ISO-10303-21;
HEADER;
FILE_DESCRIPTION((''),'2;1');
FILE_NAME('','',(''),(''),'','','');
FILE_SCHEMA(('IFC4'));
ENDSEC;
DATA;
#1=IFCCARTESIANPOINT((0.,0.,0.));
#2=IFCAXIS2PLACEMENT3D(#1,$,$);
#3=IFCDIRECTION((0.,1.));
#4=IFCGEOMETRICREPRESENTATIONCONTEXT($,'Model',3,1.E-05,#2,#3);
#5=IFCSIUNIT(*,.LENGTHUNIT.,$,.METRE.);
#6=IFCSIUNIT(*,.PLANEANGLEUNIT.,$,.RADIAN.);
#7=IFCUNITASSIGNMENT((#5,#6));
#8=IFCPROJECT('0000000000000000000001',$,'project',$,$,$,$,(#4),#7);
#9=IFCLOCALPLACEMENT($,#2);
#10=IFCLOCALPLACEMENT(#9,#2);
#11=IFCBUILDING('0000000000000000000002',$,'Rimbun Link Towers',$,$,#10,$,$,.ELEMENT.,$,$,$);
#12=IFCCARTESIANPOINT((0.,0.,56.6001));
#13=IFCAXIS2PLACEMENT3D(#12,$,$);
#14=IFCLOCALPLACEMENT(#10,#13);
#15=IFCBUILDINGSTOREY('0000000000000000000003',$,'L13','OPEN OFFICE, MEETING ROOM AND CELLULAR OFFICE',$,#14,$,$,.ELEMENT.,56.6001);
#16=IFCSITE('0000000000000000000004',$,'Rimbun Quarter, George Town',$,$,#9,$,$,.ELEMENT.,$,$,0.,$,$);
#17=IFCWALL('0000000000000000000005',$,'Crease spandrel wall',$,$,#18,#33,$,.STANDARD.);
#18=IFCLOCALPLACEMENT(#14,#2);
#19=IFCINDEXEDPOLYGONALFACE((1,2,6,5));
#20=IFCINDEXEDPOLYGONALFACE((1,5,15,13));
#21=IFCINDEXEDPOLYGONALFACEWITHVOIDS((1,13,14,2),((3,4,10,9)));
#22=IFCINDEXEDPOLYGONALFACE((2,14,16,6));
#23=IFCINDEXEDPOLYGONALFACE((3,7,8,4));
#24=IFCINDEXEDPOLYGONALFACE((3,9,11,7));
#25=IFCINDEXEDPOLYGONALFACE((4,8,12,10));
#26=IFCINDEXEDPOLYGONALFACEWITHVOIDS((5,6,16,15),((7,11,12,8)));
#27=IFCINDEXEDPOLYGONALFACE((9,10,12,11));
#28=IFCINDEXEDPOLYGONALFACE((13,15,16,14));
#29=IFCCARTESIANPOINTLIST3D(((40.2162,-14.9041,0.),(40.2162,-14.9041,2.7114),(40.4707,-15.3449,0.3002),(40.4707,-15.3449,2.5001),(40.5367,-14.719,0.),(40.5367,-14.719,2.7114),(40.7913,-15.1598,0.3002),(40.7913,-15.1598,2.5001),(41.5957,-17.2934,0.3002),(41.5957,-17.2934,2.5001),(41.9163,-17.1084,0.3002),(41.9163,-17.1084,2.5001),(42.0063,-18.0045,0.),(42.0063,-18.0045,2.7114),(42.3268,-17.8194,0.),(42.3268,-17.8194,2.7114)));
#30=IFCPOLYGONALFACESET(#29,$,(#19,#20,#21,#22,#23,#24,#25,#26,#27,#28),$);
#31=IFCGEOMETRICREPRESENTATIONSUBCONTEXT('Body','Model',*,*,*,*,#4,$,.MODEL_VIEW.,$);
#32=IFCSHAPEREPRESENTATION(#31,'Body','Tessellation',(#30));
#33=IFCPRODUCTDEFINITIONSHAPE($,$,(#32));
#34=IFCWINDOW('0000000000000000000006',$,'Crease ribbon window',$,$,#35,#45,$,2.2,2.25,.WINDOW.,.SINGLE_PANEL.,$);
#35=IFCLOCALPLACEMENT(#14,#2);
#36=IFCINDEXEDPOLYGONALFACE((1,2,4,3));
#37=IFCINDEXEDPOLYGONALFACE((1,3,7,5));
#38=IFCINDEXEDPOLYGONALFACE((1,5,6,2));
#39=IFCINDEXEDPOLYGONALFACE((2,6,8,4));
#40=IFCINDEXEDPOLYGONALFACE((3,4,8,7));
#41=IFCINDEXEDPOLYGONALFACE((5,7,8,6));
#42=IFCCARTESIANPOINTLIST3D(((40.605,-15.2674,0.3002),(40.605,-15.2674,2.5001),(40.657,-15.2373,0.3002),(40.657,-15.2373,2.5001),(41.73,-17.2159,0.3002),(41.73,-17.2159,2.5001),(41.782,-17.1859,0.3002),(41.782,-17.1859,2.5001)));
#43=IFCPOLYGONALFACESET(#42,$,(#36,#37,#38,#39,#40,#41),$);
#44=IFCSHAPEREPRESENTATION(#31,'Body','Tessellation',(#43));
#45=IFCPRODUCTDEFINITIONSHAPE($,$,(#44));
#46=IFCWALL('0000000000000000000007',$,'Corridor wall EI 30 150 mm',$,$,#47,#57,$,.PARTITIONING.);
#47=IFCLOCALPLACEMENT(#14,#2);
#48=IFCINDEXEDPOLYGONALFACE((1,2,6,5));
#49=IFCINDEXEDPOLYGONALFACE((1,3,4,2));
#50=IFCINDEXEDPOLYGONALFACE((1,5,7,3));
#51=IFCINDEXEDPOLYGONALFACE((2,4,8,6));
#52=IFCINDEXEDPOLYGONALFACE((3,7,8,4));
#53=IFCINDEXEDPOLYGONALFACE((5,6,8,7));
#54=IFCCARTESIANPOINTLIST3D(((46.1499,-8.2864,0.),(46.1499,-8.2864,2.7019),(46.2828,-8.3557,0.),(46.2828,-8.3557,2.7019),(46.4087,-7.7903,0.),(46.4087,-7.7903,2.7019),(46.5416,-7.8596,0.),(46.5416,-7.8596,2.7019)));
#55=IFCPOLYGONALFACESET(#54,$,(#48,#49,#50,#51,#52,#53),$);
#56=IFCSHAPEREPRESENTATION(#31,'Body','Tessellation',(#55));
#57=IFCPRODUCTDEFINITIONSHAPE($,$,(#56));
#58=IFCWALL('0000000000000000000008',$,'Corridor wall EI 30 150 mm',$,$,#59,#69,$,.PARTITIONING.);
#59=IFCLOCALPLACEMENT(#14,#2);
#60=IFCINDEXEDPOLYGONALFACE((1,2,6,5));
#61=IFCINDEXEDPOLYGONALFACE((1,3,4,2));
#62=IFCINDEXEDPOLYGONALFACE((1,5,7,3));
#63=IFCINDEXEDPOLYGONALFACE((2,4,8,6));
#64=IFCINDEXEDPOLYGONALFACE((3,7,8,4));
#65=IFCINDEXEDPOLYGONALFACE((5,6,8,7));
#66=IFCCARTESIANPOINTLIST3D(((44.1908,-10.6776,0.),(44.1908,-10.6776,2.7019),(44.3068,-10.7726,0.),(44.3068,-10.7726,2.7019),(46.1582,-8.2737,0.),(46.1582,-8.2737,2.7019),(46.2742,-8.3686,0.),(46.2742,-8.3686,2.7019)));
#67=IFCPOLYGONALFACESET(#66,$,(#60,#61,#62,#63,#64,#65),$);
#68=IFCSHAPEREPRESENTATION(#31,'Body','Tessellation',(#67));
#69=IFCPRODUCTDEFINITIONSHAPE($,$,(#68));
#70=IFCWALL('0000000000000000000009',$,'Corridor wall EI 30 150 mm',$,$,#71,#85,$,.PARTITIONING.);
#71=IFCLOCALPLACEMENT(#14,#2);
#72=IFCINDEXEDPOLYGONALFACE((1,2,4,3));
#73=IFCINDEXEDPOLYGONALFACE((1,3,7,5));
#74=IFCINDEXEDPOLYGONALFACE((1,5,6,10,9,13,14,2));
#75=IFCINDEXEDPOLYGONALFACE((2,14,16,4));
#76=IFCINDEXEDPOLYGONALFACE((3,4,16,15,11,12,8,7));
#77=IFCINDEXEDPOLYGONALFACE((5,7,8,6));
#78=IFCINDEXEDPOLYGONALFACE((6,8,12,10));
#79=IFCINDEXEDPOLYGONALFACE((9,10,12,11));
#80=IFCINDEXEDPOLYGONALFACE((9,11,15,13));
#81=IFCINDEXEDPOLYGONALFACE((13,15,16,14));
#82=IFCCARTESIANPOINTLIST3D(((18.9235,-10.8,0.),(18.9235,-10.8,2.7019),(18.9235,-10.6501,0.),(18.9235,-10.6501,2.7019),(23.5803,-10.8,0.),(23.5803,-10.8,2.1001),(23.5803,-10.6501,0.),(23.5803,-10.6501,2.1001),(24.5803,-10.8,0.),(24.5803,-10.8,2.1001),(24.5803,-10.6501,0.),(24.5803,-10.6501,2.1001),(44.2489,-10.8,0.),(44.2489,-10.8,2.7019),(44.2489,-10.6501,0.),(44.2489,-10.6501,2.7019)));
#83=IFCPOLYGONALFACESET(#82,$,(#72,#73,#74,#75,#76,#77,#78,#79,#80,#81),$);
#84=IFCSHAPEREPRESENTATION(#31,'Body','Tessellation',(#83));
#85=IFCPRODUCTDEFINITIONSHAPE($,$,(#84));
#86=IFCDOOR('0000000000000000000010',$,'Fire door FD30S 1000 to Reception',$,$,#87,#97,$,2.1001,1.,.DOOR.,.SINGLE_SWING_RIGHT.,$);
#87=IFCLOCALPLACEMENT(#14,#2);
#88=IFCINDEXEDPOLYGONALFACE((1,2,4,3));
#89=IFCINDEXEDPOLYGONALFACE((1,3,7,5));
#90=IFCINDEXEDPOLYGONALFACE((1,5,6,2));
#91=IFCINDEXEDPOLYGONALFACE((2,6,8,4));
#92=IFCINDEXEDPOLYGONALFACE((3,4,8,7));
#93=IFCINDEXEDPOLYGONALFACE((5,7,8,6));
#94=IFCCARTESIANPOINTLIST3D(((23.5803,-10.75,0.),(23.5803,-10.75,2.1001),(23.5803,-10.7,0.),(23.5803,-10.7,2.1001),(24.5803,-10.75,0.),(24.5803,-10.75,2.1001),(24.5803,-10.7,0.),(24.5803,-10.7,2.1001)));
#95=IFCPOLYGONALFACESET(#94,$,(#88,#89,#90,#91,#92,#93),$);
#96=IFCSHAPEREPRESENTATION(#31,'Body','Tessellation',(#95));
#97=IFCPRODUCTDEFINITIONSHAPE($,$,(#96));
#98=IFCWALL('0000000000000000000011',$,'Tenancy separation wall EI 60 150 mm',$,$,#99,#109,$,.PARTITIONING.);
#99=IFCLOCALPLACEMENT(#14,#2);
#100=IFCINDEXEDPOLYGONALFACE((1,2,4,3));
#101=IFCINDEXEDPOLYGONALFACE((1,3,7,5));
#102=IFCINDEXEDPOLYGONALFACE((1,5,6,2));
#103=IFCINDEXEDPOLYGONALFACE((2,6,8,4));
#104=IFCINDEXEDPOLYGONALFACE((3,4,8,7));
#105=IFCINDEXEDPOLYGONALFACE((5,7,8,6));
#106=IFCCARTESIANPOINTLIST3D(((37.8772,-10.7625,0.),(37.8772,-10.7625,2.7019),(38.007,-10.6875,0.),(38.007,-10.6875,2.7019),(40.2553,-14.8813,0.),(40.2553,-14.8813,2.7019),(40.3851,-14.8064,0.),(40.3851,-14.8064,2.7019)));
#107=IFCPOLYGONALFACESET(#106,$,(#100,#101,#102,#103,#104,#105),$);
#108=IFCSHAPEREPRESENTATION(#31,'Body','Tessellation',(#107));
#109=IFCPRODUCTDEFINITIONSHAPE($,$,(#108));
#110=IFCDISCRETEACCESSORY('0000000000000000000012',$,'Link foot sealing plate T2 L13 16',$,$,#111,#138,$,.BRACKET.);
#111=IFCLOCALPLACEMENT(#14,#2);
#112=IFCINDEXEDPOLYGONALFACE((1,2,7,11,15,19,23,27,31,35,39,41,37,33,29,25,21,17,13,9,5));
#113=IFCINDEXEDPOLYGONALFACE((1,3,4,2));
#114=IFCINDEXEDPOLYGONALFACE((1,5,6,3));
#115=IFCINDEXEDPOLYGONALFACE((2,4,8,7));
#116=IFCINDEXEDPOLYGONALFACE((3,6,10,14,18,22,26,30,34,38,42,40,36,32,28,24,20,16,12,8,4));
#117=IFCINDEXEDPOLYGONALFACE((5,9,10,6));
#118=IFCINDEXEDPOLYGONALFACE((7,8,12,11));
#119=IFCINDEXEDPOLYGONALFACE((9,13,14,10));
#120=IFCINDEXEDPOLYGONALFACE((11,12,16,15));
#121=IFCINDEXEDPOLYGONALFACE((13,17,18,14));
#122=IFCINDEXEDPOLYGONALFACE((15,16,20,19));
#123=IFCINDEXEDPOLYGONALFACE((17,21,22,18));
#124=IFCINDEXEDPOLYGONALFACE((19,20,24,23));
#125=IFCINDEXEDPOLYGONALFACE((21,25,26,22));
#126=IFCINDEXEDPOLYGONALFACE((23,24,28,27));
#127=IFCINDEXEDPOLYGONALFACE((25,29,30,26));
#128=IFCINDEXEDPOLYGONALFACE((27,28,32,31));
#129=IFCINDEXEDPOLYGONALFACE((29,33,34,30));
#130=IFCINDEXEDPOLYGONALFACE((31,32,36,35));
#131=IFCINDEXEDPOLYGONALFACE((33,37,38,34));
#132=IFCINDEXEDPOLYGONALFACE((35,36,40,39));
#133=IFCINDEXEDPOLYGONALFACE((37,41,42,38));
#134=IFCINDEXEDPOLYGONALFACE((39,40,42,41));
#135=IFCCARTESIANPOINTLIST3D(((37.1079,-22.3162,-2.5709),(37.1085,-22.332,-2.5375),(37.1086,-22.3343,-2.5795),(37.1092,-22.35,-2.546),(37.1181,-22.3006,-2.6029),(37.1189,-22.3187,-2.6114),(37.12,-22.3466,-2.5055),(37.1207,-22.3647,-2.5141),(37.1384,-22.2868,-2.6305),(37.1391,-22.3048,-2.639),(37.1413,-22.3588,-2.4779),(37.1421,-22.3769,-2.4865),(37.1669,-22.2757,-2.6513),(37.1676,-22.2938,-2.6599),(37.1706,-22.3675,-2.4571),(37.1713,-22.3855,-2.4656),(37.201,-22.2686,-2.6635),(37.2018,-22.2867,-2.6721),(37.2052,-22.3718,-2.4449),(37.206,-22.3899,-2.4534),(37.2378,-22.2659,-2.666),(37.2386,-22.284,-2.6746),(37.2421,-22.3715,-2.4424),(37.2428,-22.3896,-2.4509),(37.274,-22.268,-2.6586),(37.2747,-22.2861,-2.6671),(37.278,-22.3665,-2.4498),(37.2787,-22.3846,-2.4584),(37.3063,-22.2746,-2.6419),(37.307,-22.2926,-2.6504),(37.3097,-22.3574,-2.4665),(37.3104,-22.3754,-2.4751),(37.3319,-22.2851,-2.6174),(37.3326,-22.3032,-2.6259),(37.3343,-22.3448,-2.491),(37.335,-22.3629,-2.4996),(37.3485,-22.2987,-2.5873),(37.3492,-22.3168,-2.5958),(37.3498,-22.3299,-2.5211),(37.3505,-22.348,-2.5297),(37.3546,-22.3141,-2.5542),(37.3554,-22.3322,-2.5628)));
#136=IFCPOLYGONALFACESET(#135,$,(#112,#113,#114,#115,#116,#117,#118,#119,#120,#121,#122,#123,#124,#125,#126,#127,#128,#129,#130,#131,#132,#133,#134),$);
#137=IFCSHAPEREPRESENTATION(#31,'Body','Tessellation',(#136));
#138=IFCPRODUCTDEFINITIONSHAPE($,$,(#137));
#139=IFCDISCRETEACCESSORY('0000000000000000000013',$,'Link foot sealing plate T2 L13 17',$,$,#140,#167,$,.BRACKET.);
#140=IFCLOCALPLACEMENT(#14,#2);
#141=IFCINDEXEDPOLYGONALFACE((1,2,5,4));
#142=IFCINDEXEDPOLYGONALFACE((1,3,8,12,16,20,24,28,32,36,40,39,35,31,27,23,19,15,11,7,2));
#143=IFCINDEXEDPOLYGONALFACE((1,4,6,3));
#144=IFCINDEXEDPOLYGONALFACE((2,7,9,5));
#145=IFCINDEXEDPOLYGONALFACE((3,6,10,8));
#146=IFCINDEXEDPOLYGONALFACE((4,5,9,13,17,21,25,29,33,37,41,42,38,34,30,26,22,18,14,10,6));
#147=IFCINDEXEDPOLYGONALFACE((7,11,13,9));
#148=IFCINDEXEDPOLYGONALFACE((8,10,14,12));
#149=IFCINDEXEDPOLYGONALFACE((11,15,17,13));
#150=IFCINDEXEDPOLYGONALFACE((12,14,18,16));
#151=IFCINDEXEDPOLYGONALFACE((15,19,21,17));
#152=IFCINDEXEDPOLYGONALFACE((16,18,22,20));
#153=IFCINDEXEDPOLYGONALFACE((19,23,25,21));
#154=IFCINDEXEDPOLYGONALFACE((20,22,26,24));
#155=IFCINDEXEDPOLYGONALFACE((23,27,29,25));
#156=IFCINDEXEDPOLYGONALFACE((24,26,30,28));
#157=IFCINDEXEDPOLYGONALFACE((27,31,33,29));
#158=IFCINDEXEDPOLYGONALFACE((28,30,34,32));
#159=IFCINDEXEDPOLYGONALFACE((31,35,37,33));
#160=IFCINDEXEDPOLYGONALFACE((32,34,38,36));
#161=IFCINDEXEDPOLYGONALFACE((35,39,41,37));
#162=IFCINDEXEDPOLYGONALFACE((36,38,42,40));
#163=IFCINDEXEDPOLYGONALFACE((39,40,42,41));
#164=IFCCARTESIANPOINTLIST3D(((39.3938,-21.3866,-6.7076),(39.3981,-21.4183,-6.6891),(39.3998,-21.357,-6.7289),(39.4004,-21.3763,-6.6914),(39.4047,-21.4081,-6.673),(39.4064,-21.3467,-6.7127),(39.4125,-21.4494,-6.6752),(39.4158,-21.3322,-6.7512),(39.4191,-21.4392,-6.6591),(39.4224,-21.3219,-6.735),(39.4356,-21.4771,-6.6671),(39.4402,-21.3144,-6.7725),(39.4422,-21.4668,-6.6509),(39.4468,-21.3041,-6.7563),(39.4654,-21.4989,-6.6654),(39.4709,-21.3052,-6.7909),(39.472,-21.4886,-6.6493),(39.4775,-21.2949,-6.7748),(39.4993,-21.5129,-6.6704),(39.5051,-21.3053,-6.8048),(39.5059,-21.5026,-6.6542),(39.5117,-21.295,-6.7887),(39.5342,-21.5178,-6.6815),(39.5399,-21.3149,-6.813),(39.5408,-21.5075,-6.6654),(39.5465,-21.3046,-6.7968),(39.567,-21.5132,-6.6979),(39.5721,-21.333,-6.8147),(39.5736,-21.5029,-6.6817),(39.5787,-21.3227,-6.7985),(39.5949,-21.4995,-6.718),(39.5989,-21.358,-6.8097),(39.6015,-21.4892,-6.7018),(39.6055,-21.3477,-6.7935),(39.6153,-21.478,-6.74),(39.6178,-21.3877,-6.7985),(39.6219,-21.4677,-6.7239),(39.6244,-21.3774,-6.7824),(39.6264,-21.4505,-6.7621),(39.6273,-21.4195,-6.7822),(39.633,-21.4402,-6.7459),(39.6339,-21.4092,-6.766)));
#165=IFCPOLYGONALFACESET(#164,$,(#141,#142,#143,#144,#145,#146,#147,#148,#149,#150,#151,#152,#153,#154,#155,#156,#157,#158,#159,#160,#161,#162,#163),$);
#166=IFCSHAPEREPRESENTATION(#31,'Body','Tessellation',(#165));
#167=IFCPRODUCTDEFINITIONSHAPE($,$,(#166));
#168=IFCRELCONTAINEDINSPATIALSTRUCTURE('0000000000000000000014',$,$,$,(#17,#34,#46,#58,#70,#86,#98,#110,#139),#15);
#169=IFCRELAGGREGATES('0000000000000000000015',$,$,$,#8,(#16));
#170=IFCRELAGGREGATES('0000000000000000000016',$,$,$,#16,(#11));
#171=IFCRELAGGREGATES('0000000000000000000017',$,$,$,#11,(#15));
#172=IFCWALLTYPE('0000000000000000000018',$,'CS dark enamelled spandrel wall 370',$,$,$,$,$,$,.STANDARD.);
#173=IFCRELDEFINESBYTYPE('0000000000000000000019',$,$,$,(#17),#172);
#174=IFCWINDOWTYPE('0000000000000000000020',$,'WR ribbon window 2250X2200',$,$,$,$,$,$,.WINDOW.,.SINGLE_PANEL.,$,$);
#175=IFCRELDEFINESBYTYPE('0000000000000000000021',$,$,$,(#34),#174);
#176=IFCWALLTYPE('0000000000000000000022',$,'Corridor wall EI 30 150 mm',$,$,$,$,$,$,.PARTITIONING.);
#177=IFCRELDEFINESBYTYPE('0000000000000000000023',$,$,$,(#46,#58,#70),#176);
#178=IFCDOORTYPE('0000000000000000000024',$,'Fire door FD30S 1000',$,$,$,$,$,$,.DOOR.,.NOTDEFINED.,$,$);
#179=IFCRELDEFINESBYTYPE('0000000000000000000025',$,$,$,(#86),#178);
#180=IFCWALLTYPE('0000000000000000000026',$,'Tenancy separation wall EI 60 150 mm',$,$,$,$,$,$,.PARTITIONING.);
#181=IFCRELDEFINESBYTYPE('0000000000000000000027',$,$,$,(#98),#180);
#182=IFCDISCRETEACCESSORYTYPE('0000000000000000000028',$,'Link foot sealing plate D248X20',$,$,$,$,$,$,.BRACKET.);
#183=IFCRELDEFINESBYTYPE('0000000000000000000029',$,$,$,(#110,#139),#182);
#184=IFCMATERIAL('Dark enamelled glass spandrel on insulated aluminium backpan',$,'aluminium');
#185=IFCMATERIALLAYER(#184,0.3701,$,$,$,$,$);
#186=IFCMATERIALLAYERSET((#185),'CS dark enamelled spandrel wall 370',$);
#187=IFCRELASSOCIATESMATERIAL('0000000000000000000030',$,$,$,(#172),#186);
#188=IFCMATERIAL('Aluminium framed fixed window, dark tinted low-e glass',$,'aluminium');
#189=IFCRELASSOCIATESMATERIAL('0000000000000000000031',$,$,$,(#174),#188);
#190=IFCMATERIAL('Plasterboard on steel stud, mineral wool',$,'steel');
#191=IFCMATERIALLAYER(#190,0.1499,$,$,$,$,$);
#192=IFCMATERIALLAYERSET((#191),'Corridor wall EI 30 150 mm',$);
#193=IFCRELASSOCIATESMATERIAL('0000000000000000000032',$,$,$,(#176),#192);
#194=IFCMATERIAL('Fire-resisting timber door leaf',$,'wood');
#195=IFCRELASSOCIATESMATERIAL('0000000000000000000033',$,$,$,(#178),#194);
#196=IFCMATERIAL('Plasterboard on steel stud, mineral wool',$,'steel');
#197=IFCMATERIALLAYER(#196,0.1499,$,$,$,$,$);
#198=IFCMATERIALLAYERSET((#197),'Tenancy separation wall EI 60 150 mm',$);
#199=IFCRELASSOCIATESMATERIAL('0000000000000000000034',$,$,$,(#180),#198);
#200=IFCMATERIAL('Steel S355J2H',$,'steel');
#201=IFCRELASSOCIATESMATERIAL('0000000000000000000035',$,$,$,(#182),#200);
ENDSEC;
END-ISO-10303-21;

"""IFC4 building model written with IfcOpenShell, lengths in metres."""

from ifc_helpers import new_model, si_unit, direction, frame, frame_2d, origin, origin_2d, place, context, subcontext, project, spatial, rectangle, circle, extrude, material, layer, layer_set, material_profile, profile_set, type_object, element, fill, save


model = new_model("IFC4")

# Units and contexts
model_context = context("Model", 3, precision=1e-05, world=origin(), true_north=direction((0.0, 1.0)))
body_context = subcontext(model_context, "Body", "Model", "MODEL_VIEW")
ifc_project = project(units=[si_unit("LENGTHUNIT", "METRE"), si_unit("PLANEANGLEUNIT", "RADIAN")], contexts=[model_context])

# Site, building, storey
site_placement = place(None, origin())
site = spatial("IfcSite", under=ifc_project, at=site_placement, Name="Rimbun Quarter, George Town", CompositionType="ELEMENT", RefElevation=0.0)
building_placement = place(site_placement, origin())
building = spatial("IfcBuilding", under=site, at=building_placement, Name="Rimbun Link Towers", CompositionType="ELEMENT")
storey_placement = place(building_placement, frame((0.0, 0.0, 56.6001)))
storey = spatial("IfcBuildingStorey", under=building, at=storey_placement, Name="L13", Description="OPEN OFFICE, MEETING ROOM AND CELLULAR OFFICE", CompositionType="ELEMENT", Elevation=56.6001)

# Wall, opening, window
ifc_material_1 = material(Name="Dark enamelled glass spandrel on insulated aluminium backpan", Category="aluminium")
ifc_layer_1 = layer(ifc_material_1, 0.3701)
ifc_layer_set_1 = layer_set([ifc_layer_1], Name="CS dark enamelled spandrel wall 370")
wall_type_1 = type_object("IfcWallType", Name="CS dark enamelled spandrel wall 370", PredefinedType="STANDARD", material=ifc_layer_set_1)
wall_1_placement = place(storey_placement, frame((40.3765, -14.8115, 0.0), z_axis=(0.0, 0.0, 1.0), x_axis=(0.500012, -0.866019, 0.0)))
wall_1 = element("IfcWall", 1, at=wall_1_placement, inside=storey, type_object=wall_type_1, Name="Crease spandrel wall", PredefinedType="STANDARD", context=body_context, shape_type="SweptSolid", body=[
    extrude(rectangle(XDim=3.5801, YDim=0.3701, at=frame_2d((1.79, 0.0))), origin(), (0.0, 0.0, 1.0), 2.7114),
])
opening_1_placement = place(wall_1_placement, frame((0.509, 0.0, 0.3)))
opening_1 = element("IfcOpeningElement", 2, at=opening_1_placement, cuts=wall_1, PredefinedType="OPENING", context=body_context, shape_type="SweptSolid", body=[
    extrude(rectangle(XDim=2.25, YDim=2.2, at=frame_2d((1.125, 1.1001))), frame((0.0, 0.1951, 0.0), z_axis=(0.0, -1.0, 0.0), x_axis=(1.0, 0.0, 0.0)), (0.0, 0.0, 1.0), 0.3901),
])
ifc_material_2 = material(Name="Aluminium framed fixed window, dark tinted low-e glass", Category="aluminium")
window_type_1 = type_object("IfcWindowType", Name="WR ribbon window 2250X2200", PartitioningType="SINGLE_PANEL", PredefinedType="WINDOW", material=ifc_material_2)
window_1_placement = place(opening_1_placement, origin())
window_1 = element("IfcWindow", 3, at=window_1_placement, inside=storey, type_object=window_type_1, Name="Crease ribbon window", OverallHeight=2.2, OverallWidth=2.25, PartitioningType="SINGLE_PANEL", PredefinedType="WINDOW", context=body_context, shape_type="SweptSolid", body=[
    extrude(rectangle(XDim=2.25, YDim=2.2, at=frame_2d((1.125, 1.1001))), frame((0.0, 0.03, 0.0), z_axis=(0.0, -1.0, 0.0), x_axis=(1.0, 0.0, 0.0)), (0.0, 0.0, 1.0), 0.0601),
])
fill(opening_1, window_1)

# Walls
ifc_material_3 = material(Name="Plasterboard on steel stud, mineral wool", Category="steel")
ifc_layer_2 = layer(ifc_material_3, 0.1499)
ifc_layer_set_2 = layer_set([ifc_layer_2], Name="Corridor wall EI 30 150 mm")
wall_type_2 = type_object("IfcWallType", Name="Corridor wall EI 30 150 mm", PredefinedType="PARTITIONING", material=ifc_layer_set_2)
wall_2_placement = place(storey_placement, frame((46.2163, -8.321, 0.0), z_axis=(0.0, 0.0, 1.0), x_axis=(0.462506, 0.886616, 0.0)))
element("IfcWall", 4, at=wall_2_placement, inside=storey, type_object=wall_type_2, Name="Corridor wall EI 30 150 mm", PredefinedType="PARTITIONING", context=body_context, shape_type="SweptSolid", body=[
    extrude(rectangle(XDim=0.5596, YDim=0.1499, at=frame_2d((0.2798, 0.0))), origin(), (0.0, 0.0, 1.0), 2.7019),
])
wall_3_placement = place(storey_placement, frame((44.2488, -10.7251, 0.0), z_axis=(0.0, 0.0, 1.0), x_axis=(0.633349, 0.773866, 0.0)))
element("IfcWall", 5, at=wall_3_placement, inside=storey, type_object=wall_type_2, Name="Corridor wall EI 30 150 mm", PredefinedType="PARTITIONING", context=body_context, shape_type="SweptSolid", body=[
    extrude(rectangle(XDim=3.1064, YDim=0.1499, at=frame_2d((1.5532, 0.0))), origin(), (0.0, 0.0, 1.0), 2.7019),
])

# Wall, opening, door
wall_4_placement = place(storey_placement, frame((44.2488, -10.7251, 0.0), z_axis=(0.0, 0.0, 1.0), x_axis=(-1.0, 0.0, 0.0)))
wall_4 = element("IfcWall", 6, at=wall_4_placement, inside=storey, type_object=wall_type_2, Name="Corridor wall EI 30 150 mm", PredefinedType="PARTITIONING", context=body_context, shape_type="SweptSolid", body=[
    extrude(rectangle(XDim=25.3254, YDim=0.1499, at=frame_2d((12.6626, 0.0))), origin(), (0.0, 0.0, 1.0), 2.7019),
])
opening_2_placement = place(wall_4_placement, frame((19.6685, 0.0, 0.0)))
opening_2 = element("IfcOpeningElement", 7, at=opening_2_placement, cuts=wall_4, PredefinedType="OPENING", context=body_context, shape_type="SweptSolid", body=[
    extrude(rectangle(XDim=1.0, YDim=2.1001, at=frame_2d((0.5, 1.05))), frame((0.0, 0.085, 0.0), z_axis=(0.0, -1.0, 0.0), x_axis=(1.0, 0.0, 0.0)), (0.0, 0.0, 1.0), 0.1699),
])
ifc_material_4 = material(Name="Fire-resisting timber door leaf", Category="wood")
door_type = type_object("IfcDoorType", Name="Fire door FD30S 1000", OperationType="NOTDEFINED", PredefinedType="DOOR", material=ifc_material_4)
door_placement = place(opening_2_placement, origin())
door = element("IfcDoor", 8, at=door_placement, inside=storey, type_object=door_type, Name="Fire door FD30S 1000 to Reception", OperationType="SINGLE_SWING_RIGHT", OverallHeight=2.1001, OverallWidth=1.0, PredefinedType="DOOR", context=body_context, shape_type="SweptSolid", body=[
    extrude(rectangle(XDim=1.0, YDim=2.1001, at=frame_2d((0.5, 1.05))), frame((0.0, 0.0249, 0.0), z_axis=(0.0, -1.0, 0.0), x_axis=(1.0, 0.0, 0.0)), (0.0, 0.0, 1.0), 0.05),
])
fill(opening_2, door)

# Wall
ifc_material_5 = material(Name="Plasterboard on steel stud, mineral wool", Category="steel")
ifc_layer_3 = layer(ifc_material_5, 0.1499)
ifc_layer_set_3 = layer_set([ifc_layer_3], Name="Tenancy separation wall EI 60 150 mm")
wall_type_3 = type_object("IfcWallType", Name="Tenancy separation wall EI 60 150 mm", PredefinedType="PARTITIONING", material=ifc_layer_set_3)
wall_5_placement = place(storey_placement, frame((37.9421, -10.7251, 0.0), z_axis=(0.0, 0.0, 1.0), x_axis=(0.50002, -0.866014, 0.0)))
element("IfcWall", 9, at=wall_5_placement, inside=storey, type_object=wall_type_3, Name="Tenancy separation wall EI 60 150 mm", PredefinedType="PARTITIONING", context=body_context, shape_type="SweptSolid", body=[
    extrude(rectangle(XDim=4.7561, YDim=0.1499, at=frame_2d((2.3779, 0.0))), origin(), (0.0, 0.0, 1.0), 2.7019),
])

# Discrete accessories
ifc_material_6 = material(Name="Steel S355J2H", Category="steel")
ifc_material_profile_1 = material_profile(ifc_material_6, circle(Radius=0.124, at=origin_2d()), Name="PL D248")
ifc_profile_set_1 = profile_set([ifc_material_profile_1], Name="Steel S355J2H")
discrete_accessory_type = type_object("IfcDiscreteAccessoryType", Name="Link foot sealing plate D248X20", PredefinedType="BRACKET", material=ifc_profile_set_1)
discrete_accessory_1_placement = place(storey_placement, frame((37.2307, -22.3191, -2.5542), z_axis=(0.036624, -0.90338, -0.427274), x_axis=(0.999179, 0.040507, 0.0)))
element("IfcDiscreteAccessory", 10, at=discrete_accessory_1_placement, inside=storey, type_object=discrete_accessory_type, Name="Link foot sealing plate T2 L13 16", PredefinedType="BRACKET", context=body_context, shape_type="SweptSolid", body=[
    extrude(circle(Radius=0.124, at=origin_2d()), origin(), (0.0, 0.0, 1.0), 0.02),
])
discrete_accessory_2_placement = place(storey_placement, frame((39.5176, -21.4006, -6.7239), z_axis=(-0.32625, -0.5075, -0.797499), x_axis=(0.841178, -0.540758, 0.0)))
element("IfcDiscreteAccessory", 11, at=discrete_accessory_2_placement, inside=storey, type_object=discrete_accessory_type, Name="Link foot sealing plate T2 L13 17", PredefinedType="BRACKET", context=body_context, shape_type="SweptSolid", body=[
    extrude(circle(Radius=0.124, at=origin_2d()), origin(), (0.0, 0.0, 1.0), 0.0203),
])

save(model, "model.ifc")
